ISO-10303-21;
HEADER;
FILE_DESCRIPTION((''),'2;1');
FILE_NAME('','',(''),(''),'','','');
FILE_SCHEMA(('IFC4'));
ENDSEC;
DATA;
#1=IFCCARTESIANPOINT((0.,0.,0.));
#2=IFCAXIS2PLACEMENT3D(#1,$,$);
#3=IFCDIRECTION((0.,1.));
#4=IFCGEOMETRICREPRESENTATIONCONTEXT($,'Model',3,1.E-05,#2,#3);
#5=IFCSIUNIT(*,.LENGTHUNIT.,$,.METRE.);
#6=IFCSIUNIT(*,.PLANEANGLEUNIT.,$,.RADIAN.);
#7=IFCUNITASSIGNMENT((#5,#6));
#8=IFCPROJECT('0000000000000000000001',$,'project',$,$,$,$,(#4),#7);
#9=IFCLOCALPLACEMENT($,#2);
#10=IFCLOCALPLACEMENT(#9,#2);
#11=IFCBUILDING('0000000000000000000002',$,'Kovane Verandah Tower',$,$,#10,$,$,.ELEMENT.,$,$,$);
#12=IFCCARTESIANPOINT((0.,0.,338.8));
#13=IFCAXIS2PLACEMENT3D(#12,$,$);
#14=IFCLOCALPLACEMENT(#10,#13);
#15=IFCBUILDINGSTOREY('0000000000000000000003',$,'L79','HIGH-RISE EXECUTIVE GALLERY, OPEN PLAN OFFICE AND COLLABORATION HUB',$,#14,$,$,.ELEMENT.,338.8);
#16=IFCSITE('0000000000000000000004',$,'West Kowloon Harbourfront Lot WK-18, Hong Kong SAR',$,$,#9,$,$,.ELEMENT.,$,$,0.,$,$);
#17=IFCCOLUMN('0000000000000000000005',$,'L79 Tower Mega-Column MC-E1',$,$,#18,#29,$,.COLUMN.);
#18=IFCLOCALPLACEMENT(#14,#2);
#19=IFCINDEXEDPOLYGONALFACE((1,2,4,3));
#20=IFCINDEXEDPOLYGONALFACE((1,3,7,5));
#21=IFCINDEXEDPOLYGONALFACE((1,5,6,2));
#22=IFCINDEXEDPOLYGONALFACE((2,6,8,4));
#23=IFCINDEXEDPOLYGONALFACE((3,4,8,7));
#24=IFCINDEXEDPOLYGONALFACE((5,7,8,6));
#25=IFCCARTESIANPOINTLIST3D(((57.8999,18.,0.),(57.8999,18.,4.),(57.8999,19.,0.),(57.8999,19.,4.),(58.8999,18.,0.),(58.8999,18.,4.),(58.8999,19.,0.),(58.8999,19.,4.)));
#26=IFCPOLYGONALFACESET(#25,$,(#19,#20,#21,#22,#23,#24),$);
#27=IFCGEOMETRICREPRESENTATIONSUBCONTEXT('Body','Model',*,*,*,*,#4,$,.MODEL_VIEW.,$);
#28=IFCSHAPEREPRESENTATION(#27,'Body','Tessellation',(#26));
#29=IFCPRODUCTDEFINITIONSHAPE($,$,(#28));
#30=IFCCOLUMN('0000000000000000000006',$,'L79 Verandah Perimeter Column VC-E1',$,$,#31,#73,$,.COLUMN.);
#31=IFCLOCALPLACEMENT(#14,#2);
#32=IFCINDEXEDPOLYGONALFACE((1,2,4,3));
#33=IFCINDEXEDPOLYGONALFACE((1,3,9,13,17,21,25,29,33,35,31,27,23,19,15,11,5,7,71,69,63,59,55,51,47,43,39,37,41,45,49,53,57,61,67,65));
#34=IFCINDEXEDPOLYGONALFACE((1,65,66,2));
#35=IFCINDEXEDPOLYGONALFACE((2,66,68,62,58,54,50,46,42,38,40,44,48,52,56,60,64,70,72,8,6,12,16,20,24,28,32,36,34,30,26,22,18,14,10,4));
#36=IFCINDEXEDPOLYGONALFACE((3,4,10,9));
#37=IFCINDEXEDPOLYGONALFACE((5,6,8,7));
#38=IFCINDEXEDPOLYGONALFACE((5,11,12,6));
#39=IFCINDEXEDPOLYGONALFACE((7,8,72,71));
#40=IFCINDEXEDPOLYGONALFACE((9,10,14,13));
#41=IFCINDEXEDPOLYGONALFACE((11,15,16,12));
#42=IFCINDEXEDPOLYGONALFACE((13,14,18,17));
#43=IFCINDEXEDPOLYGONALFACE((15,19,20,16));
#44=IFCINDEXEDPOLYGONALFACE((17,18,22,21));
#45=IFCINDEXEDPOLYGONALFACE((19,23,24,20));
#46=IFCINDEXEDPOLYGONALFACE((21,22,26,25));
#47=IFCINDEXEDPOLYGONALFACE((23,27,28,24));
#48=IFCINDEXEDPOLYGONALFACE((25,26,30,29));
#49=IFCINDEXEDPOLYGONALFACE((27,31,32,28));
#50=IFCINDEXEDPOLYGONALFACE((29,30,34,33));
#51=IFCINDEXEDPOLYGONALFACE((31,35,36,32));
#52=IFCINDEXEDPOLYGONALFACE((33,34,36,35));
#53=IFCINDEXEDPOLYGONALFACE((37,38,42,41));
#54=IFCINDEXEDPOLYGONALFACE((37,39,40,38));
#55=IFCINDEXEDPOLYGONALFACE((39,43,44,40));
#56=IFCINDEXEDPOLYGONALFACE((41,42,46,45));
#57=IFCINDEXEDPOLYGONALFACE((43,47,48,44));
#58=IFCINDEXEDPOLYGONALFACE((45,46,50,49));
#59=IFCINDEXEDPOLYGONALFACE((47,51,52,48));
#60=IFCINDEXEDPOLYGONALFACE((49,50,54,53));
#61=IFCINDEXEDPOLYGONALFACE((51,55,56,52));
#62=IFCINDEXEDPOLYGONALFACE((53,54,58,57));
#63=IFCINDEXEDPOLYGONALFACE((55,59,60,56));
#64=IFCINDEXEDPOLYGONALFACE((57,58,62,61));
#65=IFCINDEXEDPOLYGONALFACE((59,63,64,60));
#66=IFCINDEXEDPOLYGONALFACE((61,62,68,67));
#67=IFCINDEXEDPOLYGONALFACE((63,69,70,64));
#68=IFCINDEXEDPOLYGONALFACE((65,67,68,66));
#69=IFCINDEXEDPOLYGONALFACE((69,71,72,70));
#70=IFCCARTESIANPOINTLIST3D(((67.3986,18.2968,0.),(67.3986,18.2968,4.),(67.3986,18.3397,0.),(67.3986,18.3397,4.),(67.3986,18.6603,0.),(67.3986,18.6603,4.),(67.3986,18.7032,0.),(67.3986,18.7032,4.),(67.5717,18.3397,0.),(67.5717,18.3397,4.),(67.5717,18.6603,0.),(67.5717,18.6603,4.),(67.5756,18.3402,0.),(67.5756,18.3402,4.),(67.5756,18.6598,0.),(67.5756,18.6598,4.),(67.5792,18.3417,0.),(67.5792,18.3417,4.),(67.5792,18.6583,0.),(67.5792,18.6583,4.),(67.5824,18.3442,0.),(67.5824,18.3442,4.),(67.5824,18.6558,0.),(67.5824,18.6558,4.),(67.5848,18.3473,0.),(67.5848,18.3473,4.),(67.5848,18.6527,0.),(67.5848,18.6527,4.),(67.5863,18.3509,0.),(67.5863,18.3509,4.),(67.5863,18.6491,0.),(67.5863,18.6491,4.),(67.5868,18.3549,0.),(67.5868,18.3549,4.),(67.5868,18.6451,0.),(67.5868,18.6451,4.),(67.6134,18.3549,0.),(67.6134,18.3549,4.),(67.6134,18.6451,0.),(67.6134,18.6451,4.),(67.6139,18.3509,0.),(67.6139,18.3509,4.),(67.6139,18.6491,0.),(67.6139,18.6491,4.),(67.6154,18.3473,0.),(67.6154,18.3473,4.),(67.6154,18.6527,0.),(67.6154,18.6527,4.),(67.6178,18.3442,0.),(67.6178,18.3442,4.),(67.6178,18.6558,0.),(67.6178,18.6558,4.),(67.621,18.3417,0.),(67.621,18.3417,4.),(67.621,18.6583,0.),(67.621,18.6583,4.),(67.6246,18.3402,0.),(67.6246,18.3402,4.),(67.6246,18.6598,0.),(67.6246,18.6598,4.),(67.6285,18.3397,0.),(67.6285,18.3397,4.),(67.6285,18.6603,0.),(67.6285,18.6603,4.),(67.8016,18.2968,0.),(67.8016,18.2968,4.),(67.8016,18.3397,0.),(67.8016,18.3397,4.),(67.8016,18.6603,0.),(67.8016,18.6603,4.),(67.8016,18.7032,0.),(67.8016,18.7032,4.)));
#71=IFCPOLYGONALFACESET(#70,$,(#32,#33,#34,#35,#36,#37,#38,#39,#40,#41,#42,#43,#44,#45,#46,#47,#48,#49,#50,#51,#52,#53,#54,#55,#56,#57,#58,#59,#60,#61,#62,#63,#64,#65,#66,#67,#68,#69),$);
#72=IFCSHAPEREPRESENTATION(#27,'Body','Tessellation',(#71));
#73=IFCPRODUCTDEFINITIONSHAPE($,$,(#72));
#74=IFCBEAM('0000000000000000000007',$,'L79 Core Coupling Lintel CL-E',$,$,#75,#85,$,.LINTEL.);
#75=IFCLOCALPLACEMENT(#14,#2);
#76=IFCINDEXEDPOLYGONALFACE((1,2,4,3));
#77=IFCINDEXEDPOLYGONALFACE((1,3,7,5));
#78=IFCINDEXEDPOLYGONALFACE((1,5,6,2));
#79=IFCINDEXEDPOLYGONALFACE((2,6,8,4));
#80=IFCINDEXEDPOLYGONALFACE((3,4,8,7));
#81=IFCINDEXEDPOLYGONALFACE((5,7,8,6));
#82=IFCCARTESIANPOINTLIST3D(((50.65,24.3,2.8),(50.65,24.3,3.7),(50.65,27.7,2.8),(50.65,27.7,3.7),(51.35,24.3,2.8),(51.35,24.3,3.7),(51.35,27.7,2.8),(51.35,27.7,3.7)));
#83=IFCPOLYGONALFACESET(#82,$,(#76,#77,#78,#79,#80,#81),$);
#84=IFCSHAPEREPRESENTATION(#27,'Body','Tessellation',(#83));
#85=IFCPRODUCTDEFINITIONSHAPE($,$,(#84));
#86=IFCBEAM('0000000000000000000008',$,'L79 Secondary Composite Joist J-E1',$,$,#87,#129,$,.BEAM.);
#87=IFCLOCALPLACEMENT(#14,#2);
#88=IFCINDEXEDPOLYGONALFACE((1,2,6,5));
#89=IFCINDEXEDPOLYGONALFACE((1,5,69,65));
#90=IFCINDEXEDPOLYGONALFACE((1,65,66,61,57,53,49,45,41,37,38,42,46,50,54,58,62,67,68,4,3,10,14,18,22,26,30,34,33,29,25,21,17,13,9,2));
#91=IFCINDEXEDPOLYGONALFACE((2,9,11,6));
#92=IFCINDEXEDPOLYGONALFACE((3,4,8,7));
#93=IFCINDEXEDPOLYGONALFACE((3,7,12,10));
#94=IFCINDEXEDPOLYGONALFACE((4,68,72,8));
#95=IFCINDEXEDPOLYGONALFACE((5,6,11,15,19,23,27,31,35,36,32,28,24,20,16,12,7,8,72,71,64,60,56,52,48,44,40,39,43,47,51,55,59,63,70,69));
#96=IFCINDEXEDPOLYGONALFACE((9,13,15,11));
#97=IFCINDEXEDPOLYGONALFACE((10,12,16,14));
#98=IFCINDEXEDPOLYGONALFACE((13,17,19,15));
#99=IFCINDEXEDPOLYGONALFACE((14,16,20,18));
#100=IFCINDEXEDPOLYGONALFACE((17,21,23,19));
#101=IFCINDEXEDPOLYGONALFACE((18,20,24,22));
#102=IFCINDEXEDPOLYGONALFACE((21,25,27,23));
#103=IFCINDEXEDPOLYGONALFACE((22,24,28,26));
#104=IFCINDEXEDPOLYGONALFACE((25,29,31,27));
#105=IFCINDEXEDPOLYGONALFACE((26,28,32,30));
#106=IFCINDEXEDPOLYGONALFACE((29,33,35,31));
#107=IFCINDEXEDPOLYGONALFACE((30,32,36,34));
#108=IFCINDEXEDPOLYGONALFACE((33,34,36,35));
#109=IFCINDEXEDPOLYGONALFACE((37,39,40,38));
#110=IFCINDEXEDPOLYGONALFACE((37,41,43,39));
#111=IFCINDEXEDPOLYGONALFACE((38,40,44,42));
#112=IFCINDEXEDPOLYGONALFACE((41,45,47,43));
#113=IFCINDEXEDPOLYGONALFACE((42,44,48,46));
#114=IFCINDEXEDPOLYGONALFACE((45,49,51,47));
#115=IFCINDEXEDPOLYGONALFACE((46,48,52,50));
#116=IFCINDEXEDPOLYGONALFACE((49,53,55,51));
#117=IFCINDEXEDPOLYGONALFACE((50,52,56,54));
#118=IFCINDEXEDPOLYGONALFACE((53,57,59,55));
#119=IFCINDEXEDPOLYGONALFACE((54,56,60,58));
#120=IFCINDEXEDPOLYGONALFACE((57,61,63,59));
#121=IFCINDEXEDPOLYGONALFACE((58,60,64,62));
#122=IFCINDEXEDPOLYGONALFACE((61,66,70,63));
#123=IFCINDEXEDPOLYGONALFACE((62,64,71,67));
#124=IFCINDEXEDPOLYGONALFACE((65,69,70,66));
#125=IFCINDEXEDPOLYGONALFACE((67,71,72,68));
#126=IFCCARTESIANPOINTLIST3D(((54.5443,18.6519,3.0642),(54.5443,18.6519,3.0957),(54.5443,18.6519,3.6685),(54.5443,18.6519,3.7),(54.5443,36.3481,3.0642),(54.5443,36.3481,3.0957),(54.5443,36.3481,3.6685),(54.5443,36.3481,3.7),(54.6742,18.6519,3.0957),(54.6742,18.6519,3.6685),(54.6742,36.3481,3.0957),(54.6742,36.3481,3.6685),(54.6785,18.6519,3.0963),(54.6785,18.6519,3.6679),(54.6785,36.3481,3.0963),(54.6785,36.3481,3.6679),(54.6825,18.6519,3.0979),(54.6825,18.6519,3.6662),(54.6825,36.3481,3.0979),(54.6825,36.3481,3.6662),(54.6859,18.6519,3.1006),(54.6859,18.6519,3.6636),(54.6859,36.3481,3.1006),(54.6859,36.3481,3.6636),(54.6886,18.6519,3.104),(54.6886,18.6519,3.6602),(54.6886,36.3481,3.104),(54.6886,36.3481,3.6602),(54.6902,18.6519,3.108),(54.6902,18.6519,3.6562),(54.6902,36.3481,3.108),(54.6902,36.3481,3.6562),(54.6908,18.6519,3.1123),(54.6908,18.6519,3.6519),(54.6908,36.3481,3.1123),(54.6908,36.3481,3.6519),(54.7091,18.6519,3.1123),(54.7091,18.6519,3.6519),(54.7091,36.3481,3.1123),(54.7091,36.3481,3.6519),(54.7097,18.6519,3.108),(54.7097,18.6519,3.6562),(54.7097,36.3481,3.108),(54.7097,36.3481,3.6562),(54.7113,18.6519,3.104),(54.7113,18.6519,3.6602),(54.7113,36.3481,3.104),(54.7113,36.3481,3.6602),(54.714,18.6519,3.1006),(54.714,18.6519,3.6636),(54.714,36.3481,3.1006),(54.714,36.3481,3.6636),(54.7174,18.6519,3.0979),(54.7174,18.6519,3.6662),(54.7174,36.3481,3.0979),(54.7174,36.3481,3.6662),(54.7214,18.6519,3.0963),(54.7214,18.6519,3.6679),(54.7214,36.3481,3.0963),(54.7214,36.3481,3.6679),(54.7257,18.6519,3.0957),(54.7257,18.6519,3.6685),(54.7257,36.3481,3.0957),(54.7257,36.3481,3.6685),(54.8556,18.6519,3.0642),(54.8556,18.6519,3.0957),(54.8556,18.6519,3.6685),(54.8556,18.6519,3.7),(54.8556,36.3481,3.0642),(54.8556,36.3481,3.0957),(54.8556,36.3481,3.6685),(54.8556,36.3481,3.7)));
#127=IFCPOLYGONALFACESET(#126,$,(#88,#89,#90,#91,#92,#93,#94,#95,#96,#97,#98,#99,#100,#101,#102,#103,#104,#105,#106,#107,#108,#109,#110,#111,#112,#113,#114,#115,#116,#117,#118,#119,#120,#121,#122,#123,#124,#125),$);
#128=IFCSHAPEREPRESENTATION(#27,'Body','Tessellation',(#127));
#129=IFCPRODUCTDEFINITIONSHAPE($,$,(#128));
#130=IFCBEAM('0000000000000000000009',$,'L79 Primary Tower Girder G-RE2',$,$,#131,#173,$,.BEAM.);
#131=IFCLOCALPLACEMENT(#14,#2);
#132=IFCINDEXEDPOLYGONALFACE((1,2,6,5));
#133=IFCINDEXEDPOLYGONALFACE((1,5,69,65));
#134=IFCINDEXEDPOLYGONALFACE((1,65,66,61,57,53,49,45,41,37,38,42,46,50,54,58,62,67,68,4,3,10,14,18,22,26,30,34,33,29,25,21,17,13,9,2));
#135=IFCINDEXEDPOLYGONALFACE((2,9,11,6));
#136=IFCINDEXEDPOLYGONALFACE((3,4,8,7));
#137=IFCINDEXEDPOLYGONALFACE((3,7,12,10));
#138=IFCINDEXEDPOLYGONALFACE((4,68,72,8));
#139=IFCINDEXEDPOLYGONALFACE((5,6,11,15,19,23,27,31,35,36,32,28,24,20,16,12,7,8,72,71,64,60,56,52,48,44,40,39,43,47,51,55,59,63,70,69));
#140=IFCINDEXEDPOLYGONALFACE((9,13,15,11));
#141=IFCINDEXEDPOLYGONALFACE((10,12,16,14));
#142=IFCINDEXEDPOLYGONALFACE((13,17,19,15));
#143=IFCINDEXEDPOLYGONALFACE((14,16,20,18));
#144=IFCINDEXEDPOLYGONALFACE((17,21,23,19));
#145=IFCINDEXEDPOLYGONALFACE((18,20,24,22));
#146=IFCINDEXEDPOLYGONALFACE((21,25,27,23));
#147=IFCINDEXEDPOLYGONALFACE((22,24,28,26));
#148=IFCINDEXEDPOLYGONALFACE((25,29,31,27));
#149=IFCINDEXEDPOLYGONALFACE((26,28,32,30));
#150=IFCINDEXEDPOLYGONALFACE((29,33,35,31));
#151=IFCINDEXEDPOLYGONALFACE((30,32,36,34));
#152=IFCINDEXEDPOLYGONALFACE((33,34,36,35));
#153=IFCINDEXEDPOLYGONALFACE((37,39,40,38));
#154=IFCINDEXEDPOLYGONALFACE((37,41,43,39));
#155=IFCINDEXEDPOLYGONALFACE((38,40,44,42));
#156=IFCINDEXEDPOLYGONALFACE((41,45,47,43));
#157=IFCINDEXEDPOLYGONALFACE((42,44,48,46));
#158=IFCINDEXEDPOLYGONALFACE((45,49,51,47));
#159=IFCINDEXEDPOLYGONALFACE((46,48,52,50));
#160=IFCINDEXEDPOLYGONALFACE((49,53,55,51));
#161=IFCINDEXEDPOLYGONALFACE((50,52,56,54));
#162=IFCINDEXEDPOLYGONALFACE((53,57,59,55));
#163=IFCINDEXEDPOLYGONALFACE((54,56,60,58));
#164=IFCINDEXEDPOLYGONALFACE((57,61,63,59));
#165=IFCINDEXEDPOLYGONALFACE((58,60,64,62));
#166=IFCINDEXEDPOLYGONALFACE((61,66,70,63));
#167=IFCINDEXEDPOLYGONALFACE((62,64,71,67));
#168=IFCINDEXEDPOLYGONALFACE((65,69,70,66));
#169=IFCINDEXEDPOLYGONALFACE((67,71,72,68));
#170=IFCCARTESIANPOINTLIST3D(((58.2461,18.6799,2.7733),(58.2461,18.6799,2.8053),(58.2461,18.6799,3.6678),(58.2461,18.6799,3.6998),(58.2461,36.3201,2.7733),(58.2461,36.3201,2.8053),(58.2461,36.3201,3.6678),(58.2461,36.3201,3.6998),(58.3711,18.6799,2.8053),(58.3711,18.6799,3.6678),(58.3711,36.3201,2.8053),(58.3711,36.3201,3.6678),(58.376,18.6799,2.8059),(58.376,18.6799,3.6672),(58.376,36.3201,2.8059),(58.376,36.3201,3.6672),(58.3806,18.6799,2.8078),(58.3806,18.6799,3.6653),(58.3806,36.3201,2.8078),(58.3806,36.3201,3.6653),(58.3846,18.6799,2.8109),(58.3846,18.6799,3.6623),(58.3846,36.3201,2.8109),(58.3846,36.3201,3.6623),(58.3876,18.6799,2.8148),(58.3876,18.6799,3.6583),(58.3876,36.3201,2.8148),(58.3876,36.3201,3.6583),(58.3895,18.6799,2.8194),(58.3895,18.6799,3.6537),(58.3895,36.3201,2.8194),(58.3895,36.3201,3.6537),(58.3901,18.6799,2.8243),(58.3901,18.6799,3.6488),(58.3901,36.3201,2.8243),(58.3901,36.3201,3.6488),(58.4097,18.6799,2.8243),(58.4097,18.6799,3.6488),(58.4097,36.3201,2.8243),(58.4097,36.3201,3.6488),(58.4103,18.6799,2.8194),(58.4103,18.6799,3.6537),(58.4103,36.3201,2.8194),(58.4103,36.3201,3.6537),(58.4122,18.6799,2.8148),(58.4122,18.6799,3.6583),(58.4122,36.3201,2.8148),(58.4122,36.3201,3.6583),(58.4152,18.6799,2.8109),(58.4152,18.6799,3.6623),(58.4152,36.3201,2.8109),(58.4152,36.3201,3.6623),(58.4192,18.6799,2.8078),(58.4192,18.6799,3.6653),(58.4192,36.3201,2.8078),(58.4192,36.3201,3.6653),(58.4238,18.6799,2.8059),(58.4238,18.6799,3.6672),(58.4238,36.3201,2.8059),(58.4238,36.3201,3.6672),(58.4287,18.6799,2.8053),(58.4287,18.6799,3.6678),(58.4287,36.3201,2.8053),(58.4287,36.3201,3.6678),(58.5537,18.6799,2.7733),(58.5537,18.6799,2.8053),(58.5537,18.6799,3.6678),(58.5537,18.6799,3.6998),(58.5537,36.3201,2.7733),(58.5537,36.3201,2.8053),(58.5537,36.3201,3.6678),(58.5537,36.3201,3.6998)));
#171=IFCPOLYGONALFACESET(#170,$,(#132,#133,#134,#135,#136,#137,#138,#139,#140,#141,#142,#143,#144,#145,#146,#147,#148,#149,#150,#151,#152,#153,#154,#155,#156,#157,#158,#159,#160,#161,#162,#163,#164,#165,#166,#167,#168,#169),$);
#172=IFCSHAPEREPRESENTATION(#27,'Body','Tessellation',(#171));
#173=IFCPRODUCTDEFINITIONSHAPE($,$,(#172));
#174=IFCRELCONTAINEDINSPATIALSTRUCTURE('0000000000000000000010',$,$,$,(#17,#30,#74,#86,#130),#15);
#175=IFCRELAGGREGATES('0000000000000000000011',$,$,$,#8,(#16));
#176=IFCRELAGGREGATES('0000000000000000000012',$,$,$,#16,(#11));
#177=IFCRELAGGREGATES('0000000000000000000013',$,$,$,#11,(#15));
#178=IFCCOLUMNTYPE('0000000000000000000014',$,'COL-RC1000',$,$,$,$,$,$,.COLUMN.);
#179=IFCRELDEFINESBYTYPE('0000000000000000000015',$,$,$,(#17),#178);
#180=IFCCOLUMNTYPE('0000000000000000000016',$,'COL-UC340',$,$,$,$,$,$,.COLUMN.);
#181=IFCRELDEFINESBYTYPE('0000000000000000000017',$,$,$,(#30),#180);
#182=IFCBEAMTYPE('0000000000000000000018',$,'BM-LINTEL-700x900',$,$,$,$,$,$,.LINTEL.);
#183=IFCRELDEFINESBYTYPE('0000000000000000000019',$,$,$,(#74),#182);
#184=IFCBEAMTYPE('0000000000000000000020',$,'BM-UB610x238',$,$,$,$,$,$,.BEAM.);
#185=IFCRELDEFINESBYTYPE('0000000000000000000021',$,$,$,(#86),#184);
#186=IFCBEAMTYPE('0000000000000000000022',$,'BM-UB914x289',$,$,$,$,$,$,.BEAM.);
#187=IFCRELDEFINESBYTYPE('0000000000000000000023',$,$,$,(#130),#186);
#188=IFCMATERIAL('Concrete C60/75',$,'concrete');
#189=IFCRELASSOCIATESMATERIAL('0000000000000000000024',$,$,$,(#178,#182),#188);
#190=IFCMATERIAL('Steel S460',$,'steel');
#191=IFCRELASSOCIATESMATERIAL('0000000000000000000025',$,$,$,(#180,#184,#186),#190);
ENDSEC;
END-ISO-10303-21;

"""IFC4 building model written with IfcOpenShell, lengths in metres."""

from ifc_helpers import new_model, si_unit, direction, frame, origin, origin_2d, place, context, subcontext, project, spatial, rectangle, i_section, extrude, material, material_profile, profile_set, type_object, element, save


model = new_model("IFC4")

# Units and contexts
model_context = context("Model", 3, precision=1e-05, world=origin(), true_north=direction((0.0, 1.0)))
body_context = subcontext(model_context, "Body", "Model", "MODEL_VIEW")
ifc_project = project(units=[si_unit("LENGTHUNIT", "METRE"), si_unit("PLANEANGLEUNIT", "RADIAN")], contexts=[model_context])

# Site, building, storey
site_placement = place(None, origin())
site = spatial("IfcSite", under=ifc_project, at=site_placement, Name="West Kowloon Harbourfront Lot WK-18, Hong Kong SAR", CompositionType="ELEMENT", RefElevation=0.0)
building_placement = place(site_placement, origin())
building = spatial("IfcBuilding", under=site, at=building_placement, Name="Kovane Verandah Tower", CompositionType="ELEMENT")
storey_placement = place(building_placement, frame((0.0, 0.0, 338.8)))
storey = spatial("IfcBuildingStorey", under=building, at=storey_placement, Name="L79", Description="HIGH-RISE EXECUTIVE GALLERY, OPEN PLAN OFFICE AND COLLABORATION HUB", CompositionType="ELEMENT", Elevation=338.8)

# Columns
ifc_material_1 = material(Name="Concrete C60/75", Category="concrete")
ifc_material_profile_1 = material_profile(ifc_material_1, rectangle(XDim=1.0, YDim=1.0, at=origin_2d()), Name="RC1000x1000")
ifc_profile_set_1 = profile_set([ifc_material_profile_1], Name="Concrete C60/75")
column_type_1 = type_object("IfcColumnType", Name="COL-RC1000", PredefinedType="COLUMN", material=ifc_profile_set_1)
column_1_placement = place(storey_placement, frame((58.3999, 18.5, 0.0), z_axis=(0.0, 0.0, 1.0), x_axis=(1.0, 0.0, 0.0)))
element("IfcColumn", 1, at=column_1_placement, inside=storey, type_object=column_type_1, Name="L79 Tower Mega-Column MC-E1", PredefinedType="COLUMN", context=body_context, shape_type="SweptSolid", body=[
    extrude(rectangle(XDim=1.0, YDim=1.0, at=origin_2d()), origin(), (0.0, 0.0, 1.0), 4.0),
])
ifc_material_2 = material(Name="Steel S460", Category="steel")
ifc_material_profile_2 = material_profile(ifc_material_2, i_section(OverallWidth=0.4031, OverallDepth=0.4065, WebThickness=0.0266, FlangeThickness=0.043, FilletRadius=0.0151, at=origin_2d()), Name="UC356x406x340")
ifc_profile_set_2 = profile_set([ifc_material_profile_2], Name="Steel S460")
column_type_2 = type_object("IfcColumnType", Name="COL-UC340", PredefinedType="COLUMN", material=ifc_profile_set_2)
column_2_placement = place(storey_placement, frame((67.6001, 18.5, 0.0), z_axis=(0.0, 0.0, 1.0), x_axis=(1.0, 0.0, 0.0)))
element("IfcColumn", 2, at=column_2_placement, inside=storey, type_object=column_type_2, Name="L79 Verandah Perimeter Column VC-E1", PredefinedType="COLUMN", context=body_context, shape_type="SweptSolid", body=[
    extrude(i_section(OverallWidth=0.4031, OverallDepth=0.4065, WebThickness=0.0266, FlangeThickness=0.043, FilletRadius=0.0151, at=origin_2d()), origin(), (0.0, 0.0, 1.0), 4.0),
])

# Beams
ifc_material_profile_3 = material_profile(ifc_material_1, rectangle(XDim=0.7, YDim=0.8999, at=origin_2d()), Name="RCB700x900")
ifc_profile_set_3 = profile_set([ifc_material_profile_3], Name="Concrete C60/75")
beam_type_1 = type_object("IfcBeamType", Name="BM-LINTEL-700x900", PredefinedType="LINTEL", material=ifc_profile_set_3)
beam_1_placement = place(storey_placement, frame((51.0, 24.3, 3.25), z_axis=(0.0, 1.0, 0.0), x_axis=(-1.0, 0.0, 0.0)))
element("IfcBeam", 3, at=beam_1_placement, inside=storey, type_object=beam_type_1, Name="L79 Core Coupling Lintel CL-E", PredefinedType="LINTEL", context=body_context, shape_type="SweptSolid", body=[
    extrude(rectangle(XDim=0.7, YDim=0.8999, at=origin_2d()), origin(), (0.0, 0.0, 1.0), 3.3999),
])
ifc_material_profile_4 = material_profile(ifc_material_2, i_section(OverallWidth=0.3113, OverallDepth=0.6357, WebThickness=0.0183, FlangeThickness=0.0315, FilletRadius=0.0166, at=origin_2d()), Name="UB610x305x238")
ifc_profile_set_4 = profile_set([ifc_material_profile_4], Name="Steel S460")
beam_type_2 = type_object("IfcBeamType", Name="BM-UB610x238", PredefinedType="BEAM", material=ifc_profile_set_4)
beam_2_placement = place(storey_placement, frame((54.7, 18.6519, 3.3821), z_axis=(0.0, 1.0, 0.0), x_axis=(-1.0, 0.0, 0.0)))
element("IfcBeam", 4, at=beam_2_placement, inside=storey, type_object=beam_type_2, Name="L79 Secondary Composite Joist J-E1", PredefinedType="BEAM", context=body_context, shape_type="SweptSolid", body=[
    extrude(i_section(OverallWidth=0.3113, OverallDepth=0.6357, WebThickness=0.0183, FlangeThickness=0.0315, FilletRadius=0.0166, at=origin_2d()), origin(), (0.0, 0.0, 1.0), 17.6963),
])
ifc_material_profile_5 = material_profile(ifc_material_2, i_section(OverallWidth=0.3076, OverallDepth=0.9265, WebThickness=0.0195, FlangeThickness=0.032, FilletRadius=0.019, at=origin_2d()), Name="UB914x305x289")
ifc_profile_set_5 = profile_set([ifc_material_profile_5], Name="Steel S460")
beam_type_3 = type_object("IfcBeamType", Name="BM-UB914x289", PredefinedType="BEAM", material=ifc_profile_set_5)
beam_3_placement = place(storey_placement, frame((58.3999, 18.6799, 3.2366), z_axis=(0.0, 1.0, 0.0), x_axis=(-1.0, 0.0, 0.0)))
element("IfcBeam", 5, at=beam_3_placement, inside=storey, type_object=beam_type_3, Name="L79 Primary Tower Girder G-RE2", PredefinedType="BEAM", context=body_context, shape_type="SweptSolid", body=[
    extrude(i_section(OverallWidth=0.3076, OverallDepth=0.9265, WebThickness=0.0195, FlangeThickness=0.032, FilletRadius=0.019, at=origin_2d()), origin(), (0.0, 0.0, 1.0), 17.6401),
])

save(model, "model.ifc")
